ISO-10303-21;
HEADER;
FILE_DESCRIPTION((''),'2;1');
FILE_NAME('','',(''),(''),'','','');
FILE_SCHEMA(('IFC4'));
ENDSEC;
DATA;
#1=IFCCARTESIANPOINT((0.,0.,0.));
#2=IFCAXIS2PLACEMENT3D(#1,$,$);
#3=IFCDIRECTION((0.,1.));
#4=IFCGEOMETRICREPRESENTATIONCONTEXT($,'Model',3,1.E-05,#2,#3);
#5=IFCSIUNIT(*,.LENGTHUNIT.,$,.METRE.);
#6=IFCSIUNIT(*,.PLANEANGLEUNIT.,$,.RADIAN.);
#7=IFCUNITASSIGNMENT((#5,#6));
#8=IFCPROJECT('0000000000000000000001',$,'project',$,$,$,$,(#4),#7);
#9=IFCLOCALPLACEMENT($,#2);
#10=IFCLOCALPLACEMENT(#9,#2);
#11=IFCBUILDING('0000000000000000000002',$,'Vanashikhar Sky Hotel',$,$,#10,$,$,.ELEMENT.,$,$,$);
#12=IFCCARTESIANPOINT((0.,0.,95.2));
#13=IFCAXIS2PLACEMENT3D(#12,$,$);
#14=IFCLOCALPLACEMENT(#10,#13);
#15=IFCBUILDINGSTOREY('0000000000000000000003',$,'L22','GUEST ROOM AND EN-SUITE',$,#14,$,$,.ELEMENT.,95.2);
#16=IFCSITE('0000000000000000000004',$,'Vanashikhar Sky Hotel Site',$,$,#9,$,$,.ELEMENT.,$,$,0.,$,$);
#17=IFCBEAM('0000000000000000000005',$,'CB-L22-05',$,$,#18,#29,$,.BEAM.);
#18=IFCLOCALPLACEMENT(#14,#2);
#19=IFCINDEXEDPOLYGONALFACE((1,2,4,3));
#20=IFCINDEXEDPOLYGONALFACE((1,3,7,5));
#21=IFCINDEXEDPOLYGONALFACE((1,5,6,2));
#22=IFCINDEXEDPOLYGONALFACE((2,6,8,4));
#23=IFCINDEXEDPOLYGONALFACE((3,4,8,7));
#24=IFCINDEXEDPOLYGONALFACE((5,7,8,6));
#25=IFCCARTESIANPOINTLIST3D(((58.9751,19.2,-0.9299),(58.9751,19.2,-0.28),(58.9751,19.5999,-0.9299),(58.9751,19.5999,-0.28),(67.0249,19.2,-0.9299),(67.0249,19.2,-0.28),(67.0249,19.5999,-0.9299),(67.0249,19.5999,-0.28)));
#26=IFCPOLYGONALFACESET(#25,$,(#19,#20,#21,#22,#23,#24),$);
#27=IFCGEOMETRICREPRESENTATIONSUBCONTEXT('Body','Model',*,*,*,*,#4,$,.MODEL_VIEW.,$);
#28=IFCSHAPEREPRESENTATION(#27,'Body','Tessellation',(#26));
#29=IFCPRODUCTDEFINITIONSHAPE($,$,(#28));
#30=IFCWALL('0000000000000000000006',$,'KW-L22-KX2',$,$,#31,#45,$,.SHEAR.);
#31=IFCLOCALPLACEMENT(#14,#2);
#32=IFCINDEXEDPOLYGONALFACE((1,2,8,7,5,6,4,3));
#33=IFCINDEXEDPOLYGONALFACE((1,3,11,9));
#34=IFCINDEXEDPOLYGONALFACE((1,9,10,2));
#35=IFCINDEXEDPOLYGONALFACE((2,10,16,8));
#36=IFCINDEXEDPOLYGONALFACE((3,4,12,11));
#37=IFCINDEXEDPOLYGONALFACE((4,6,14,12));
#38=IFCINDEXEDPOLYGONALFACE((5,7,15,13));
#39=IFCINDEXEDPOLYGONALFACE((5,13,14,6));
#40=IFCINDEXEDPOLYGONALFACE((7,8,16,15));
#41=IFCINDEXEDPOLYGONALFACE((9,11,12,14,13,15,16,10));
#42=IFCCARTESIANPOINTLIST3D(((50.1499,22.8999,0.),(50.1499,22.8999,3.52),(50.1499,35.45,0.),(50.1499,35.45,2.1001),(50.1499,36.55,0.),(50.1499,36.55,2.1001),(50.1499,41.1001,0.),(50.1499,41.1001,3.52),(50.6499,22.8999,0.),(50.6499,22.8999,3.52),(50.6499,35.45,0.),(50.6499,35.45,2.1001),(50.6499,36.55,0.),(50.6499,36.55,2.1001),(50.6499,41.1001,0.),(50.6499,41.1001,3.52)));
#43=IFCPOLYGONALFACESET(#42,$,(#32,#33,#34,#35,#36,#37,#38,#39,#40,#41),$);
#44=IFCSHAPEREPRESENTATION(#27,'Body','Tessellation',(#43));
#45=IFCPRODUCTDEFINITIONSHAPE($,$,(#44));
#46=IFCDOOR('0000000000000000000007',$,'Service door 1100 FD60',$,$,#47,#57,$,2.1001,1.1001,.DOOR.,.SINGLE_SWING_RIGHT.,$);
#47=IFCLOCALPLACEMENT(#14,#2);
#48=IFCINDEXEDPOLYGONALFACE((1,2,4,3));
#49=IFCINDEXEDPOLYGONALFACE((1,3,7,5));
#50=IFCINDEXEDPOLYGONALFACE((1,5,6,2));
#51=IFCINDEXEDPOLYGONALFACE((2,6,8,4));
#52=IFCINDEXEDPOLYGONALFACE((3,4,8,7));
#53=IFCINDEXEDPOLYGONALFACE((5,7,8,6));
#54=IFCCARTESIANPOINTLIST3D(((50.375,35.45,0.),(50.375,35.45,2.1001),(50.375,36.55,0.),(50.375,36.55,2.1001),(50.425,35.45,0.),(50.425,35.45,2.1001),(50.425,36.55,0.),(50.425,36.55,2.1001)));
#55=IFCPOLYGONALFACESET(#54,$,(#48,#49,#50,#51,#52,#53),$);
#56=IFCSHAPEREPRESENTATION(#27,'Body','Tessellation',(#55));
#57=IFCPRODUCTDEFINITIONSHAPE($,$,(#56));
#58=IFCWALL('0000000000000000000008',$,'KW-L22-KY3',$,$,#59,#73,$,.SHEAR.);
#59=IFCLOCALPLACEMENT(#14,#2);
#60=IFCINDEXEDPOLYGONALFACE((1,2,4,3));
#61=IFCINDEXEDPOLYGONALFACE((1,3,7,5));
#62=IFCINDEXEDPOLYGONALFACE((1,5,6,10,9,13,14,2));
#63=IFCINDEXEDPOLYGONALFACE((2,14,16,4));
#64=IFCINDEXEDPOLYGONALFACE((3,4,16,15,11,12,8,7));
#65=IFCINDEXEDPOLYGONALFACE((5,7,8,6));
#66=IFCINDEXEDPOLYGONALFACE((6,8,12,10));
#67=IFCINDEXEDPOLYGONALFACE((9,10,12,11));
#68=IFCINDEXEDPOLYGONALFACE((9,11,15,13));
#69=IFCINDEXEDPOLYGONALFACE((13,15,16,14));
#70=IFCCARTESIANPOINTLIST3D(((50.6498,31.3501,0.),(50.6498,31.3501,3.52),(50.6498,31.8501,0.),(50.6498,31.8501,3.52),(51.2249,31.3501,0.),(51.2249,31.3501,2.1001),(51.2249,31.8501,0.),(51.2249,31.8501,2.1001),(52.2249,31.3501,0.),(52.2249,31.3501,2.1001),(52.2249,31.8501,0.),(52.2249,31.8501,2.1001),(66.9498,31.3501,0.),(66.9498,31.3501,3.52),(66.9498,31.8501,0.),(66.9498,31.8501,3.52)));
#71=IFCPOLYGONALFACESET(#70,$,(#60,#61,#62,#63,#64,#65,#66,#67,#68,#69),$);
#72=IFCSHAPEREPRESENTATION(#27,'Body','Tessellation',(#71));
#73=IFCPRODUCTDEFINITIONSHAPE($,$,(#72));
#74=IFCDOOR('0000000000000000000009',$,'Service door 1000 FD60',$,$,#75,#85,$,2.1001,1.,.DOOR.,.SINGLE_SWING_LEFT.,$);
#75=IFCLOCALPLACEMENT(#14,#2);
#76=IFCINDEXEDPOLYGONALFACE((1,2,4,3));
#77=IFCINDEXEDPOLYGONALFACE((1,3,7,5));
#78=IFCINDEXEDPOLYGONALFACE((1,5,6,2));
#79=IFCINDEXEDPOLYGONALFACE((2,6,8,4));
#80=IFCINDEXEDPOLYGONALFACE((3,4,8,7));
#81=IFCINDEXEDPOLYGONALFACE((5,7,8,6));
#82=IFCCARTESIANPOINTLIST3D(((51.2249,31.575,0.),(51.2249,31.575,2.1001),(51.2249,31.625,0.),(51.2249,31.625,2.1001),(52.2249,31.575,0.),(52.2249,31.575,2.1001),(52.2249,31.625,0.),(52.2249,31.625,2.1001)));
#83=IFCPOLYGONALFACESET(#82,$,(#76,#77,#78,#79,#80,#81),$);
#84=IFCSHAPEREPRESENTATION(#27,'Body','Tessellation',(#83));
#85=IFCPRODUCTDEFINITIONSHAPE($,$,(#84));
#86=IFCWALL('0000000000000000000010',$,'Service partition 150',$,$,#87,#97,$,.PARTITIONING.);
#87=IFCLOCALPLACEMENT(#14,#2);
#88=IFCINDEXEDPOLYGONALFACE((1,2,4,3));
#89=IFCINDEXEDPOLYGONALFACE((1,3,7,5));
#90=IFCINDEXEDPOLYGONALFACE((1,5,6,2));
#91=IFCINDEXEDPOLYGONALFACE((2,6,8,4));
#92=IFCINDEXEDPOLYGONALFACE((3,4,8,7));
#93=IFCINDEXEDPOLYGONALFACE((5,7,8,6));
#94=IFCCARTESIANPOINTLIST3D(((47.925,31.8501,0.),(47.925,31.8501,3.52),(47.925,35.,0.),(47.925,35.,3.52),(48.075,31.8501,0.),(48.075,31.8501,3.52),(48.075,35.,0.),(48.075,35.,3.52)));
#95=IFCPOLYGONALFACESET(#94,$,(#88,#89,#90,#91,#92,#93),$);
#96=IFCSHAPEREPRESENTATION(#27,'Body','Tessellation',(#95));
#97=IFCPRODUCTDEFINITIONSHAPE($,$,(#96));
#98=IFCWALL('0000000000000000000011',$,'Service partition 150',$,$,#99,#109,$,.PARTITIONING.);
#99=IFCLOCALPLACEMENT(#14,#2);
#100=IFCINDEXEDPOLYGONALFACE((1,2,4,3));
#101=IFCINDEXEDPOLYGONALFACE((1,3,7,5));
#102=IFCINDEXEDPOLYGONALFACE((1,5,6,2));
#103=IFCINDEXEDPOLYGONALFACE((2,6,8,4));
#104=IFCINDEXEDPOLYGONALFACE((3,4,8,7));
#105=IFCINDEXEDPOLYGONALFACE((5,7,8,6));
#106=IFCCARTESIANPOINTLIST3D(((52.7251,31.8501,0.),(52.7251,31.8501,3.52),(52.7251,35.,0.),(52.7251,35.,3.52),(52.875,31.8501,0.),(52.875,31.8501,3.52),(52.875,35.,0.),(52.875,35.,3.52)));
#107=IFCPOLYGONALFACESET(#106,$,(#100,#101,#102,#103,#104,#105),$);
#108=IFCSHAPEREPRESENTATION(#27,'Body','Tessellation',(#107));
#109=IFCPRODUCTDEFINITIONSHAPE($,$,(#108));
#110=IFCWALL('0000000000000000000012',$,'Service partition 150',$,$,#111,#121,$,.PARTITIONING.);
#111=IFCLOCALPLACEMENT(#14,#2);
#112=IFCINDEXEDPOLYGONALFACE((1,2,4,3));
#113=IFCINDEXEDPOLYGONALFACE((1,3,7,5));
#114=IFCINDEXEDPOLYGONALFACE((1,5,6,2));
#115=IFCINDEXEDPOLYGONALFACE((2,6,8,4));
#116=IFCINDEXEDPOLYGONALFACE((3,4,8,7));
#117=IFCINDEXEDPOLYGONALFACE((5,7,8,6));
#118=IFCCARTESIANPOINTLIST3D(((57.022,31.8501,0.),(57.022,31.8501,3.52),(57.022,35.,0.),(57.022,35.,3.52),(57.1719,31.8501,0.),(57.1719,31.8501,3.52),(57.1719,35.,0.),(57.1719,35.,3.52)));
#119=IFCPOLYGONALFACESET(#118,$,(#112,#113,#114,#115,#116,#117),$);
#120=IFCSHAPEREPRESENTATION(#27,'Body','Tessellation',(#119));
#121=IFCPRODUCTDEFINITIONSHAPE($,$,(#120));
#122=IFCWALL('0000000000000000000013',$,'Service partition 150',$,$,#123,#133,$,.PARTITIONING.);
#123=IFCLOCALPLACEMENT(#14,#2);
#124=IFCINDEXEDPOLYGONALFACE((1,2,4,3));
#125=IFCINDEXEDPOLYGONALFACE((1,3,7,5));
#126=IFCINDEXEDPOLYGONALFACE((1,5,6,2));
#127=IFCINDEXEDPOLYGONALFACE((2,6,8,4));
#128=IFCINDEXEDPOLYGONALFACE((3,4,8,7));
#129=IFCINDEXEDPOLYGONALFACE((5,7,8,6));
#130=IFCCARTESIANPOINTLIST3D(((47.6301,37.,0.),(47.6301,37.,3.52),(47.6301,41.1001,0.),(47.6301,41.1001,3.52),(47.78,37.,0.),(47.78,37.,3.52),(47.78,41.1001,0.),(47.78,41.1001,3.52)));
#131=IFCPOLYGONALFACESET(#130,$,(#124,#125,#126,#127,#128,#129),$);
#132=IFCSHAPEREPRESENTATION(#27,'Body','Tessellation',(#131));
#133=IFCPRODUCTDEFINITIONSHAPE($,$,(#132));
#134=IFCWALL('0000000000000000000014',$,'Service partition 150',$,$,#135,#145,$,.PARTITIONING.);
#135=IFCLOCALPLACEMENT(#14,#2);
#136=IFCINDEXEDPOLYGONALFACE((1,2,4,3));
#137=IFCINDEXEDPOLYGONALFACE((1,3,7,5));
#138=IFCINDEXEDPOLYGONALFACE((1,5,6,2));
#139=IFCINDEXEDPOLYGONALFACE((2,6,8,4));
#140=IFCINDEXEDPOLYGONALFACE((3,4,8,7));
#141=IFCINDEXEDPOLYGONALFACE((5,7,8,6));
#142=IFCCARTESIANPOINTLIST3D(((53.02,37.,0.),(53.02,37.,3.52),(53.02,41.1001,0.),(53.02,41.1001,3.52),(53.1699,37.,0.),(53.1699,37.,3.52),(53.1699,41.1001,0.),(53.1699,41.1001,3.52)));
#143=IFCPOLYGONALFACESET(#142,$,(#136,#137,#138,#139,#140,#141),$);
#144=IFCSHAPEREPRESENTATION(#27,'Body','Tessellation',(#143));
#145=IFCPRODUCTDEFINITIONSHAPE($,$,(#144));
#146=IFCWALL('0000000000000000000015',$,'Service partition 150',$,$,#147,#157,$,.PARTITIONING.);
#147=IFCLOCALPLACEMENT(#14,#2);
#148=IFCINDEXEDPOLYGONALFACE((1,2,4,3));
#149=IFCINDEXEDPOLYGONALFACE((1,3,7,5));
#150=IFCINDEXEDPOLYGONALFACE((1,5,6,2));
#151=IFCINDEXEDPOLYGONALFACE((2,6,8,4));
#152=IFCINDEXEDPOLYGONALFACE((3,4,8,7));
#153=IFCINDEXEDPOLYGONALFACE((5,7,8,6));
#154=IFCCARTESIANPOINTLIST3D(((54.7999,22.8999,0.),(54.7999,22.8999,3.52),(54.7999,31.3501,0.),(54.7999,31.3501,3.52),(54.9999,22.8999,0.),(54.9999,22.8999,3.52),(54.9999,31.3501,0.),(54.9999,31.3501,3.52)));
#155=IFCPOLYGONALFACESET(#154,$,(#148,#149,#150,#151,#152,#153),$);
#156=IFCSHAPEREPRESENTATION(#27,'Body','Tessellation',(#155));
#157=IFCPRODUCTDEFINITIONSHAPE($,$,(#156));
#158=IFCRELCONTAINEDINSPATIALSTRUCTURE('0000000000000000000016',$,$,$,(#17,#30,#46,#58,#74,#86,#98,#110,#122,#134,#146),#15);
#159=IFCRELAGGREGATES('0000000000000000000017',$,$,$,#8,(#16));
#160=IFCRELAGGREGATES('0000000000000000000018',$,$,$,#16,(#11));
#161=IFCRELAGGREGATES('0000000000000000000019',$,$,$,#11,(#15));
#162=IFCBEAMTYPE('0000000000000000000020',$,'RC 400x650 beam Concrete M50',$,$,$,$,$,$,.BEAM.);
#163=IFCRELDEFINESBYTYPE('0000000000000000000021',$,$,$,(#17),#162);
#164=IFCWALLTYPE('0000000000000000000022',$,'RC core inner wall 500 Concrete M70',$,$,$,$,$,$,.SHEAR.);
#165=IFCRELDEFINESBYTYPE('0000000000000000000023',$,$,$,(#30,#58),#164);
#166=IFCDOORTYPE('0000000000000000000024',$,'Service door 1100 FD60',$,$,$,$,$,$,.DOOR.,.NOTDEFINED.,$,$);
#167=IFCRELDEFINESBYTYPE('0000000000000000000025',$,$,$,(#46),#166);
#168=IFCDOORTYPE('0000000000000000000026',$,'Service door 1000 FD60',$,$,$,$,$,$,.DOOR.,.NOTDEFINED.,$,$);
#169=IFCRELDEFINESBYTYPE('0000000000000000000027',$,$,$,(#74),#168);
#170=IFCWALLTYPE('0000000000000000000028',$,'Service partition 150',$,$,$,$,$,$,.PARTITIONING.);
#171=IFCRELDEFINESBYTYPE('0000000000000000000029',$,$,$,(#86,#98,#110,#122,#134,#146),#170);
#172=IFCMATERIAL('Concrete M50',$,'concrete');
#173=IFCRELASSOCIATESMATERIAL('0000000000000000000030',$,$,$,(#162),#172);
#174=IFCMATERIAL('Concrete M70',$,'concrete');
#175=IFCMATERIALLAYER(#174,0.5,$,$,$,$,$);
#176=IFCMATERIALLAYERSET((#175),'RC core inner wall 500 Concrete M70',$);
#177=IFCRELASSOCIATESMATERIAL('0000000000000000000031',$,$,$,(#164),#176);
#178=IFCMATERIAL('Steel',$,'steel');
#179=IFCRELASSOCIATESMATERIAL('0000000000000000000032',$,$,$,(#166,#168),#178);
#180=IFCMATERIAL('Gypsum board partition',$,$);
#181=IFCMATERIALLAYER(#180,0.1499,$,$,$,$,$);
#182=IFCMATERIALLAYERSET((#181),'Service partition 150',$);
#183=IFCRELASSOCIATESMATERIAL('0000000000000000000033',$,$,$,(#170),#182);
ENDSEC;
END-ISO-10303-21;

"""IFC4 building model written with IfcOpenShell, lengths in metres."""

from ifc_helpers import new_model, si_unit, direction, frame, frame_2d, origin, origin_2d, place, context, subcontext, project, spatial, rectangle, extrude, source, transform, mapped, material, layer, layer_set, material_profile, profile_set, type_object, element, fill, save


model = new_model("IFC4")

# Units and contexts
model_context = context("Model", 3, precision=1e-05, world=origin(), true_north=direction((0.0, 1.0)))
body_context = subcontext(model_context, "Body", "Model", "MODEL_VIEW")
ifc_project = project(units=[si_unit("LENGTHUNIT", "METRE"), si_unit("PLANEANGLEUNIT", "RADIAN")], contexts=[model_context])

# Site, building, storey
site_placement = place(None, origin())
site = spatial("IfcSite", under=ifc_project, at=site_placement, Name="Vanashikhar Sky Hotel Site", CompositionType="ELEMENT", RefElevation=0.0)
building_placement = place(site_placement, origin())
building = spatial("IfcBuilding", under=site, at=building_placement, Name="Vanashikhar Sky Hotel", CompositionType="ELEMENT")
storey_placement = place(building_placement, frame((0.0, 0.0, 95.2)))
storey = spatial("IfcBuildingStorey", under=building, at=storey_placement, Name="L22", Description="GUEST ROOM AND EN-SUITE", CompositionType="ELEMENT", Elevation=95.2)

# Beam
ifc_material_1 = material(Name="Concrete M50", Category="concrete")
ifc_material_profile = material_profile(ifc_material_1, rectangle(XDim=0.3999, YDim=0.6499, at=origin_2d()))
ifc_profile_set = profile_set([ifc_material_profile], Name="RC 400x650 beam Concrete M50")
beam_type = type_object("IfcBeamType", Name="RC 400x650 beam Concrete M50", PredefinedType="BEAM", material=ifc_profile_set)
shared_shape_1 = source(origin(), body_context, "Body", "SweptSolid", [
    extrude(rectangle(XDim=0.3999, YDim=0.6499, at=origin_2d()), origin(), (0.0, 0.0, 1.0), 8.0498),
])
beam_placement = place(storey_placement, frame((58.9751, 19.3999, -0.605), z_axis=(1.0, 0.0, 0.0), x_axis=(0.0, 1.0, 0.0)))
element("IfcBeam", 1, at=beam_placement, inside=storey, type_object=beam_type, Name="CB-L22-05", PredefinedType="BEAM", context=body_context, shape_type="MappedRepresentation", body=[
    mapped(shared_shape_1, transform((0.0, 0.0, 0.0), scale=1.0)),
])

# Walls, openings, doors
ifc_material_2 = material(Name="Concrete M70", Category="concrete")
ifc_layer_1 = layer(ifc_material_2, 0.5)
ifc_layer_set_1 = layer_set([ifc_layer_1], Name="RC core inner wall 500 Concrete M70")
wall_type_1 = type_object("IfcWallType", Name="RC core inner wall 500 Concrete M70", PredefinedType="SHEAR", material=ifc_layer_set_1)
shared_shape_2 = source(origin(), body_context, "Body", "SweptSolid", [
    extrude(rectangle(XDim=18.2002, YDim=0.5, at=frame_2d((9.1001, 0.0))), origin(), (0.0, 0.0, 1.0), 3.52),
])
wall_1_placement = place(storey_placement, frame((50.3999, 22.8999, 0.0), z_axis=(0.0, 0.0, 1.0), x_axis=(0.0, 1.0, 0.0)))
wall_1 = element("IfcWall", 2, at=wall_1_placement, inside=storey, type_object=wall_type_1, Name="KW-L22-KX2", PredefinedType="SHEAR", context=body_context, shape_type="MappedRepresentation", body=[
    mapped(shared_shape_2, transform((0.0, 0.0, 0.0), scale=1.0)),
])
shared_shape_3 = source(origin(), body_context, "Body", "SweptSolid", [
    extrude(rectangle(XDim=1.1001, YDim=2.1001, at=frame_2d((0.55, 1.05))), frame((0.0, 0.26, 0.0), z_axis=(0.0, -1.0, 0.0), x_axis=(1.0, 0.0, 0.0)), (0.0, 0.0, 1.0), 0.52),
])
opening_1_placement = place(wall_1_placement, frame((12.55, 0.0, 0.0)))
opening_1 = element("IfcOpeningElement", 3, at=opening_1_placement, cuts=wall_1, PredefinedType="OPENING", context=body_context, shape_type="MappedRepresentation", body=[
    mapped(shared_shape_3, transform((0.0, 0.0, 0.0), scale=1.0)),
])
ifc_material_3 = material(Name="Steel", Category="steel")
door_type_1 = type_object("IfcDoorType", Name="Service door 1100 FD60", OperationType="NOTDEFINED", PredefinedType="DOOR", material=ifc_material_3)
shared_shape_4 = source(origin(), body_context, "Body", "SweptSolid", [
    extrude(rectangle(XDim=1.1001, YDim=2.1001, at=frame_2d((0.55, 1.05))), frame((0.0, 0.0249, 0.0), z_axis=(0.0, -1.0, 0.0), x_axis=(1.0, 0.0, 0.0)), (0.0, 0.0, 1.0), 0.05),
])
door_1_placement = place(opening_1_placement, origin())
door_1 = element("IfcDoor", 4, at=door_1_placement, inside=storey, type_object=door_type_1, Name="Service door 1100 FD60", OperationType="SINGLE_SWING_RIGHT", OverallHeight=2.1001, OverallWidth=1.1001, PredefinedType="DOOR", context=body_context, shape_type="MappedRepresentation", body=[
    mapped(shared_shape_4, transform((0.0, 0.0, 0.0), scale=1.0)),
])
fill(opening_1, door_1)
shared_shape_5 = source(origin(), body_context, "Body", "SweptSolid", [
    extrude(rectangle(XDim=16.3, YDim=0.5, at=frame_2d((8.1499, 0.0))), origin(), (0.0, 0.0, 1.0), 3.52),
])
wall_2_placement = place(storey_placement, frame((50.6499, 31.6001, 0.0), z_axis=(0.0, 0.0, 1.0), x_axis=(1.0, 0.0, 0.0)))
wall_2 = element("IfcWall", 5, at=wall_2_placement, inside=storey, type_object=wall_type_1, Name="KW-L22-KY3", PredefinedType="SHEAR", context=body_context, shape_type="MappedRepresentation", body=[
    mapped(shared_shape_5, transform((0.0, 0.0, 0.0), scale=1.0)),
])
shared_shape_6 = source(origin(), body_context, "Body", "SweptSolid", [
    extrude(rectangle(XDim=1.0, YDim=2.1001, at=frame_2d((0.5, 1.05))), frame((0.0, 0.26, 0.0), z_axis=(0.0, -1.0, 0.0), x_axis=(1.0, 0.0, 0.0)), (0.0, 0.0, 1.0), 0.52),
])
opening_2_placement = place(wall_2_placement, frame((0.575, 0.0, 0.0)))
opening_2 = element("IfcOpeningElement", 6, at=opening_2_placement, cuts=wall_2, PredefinedType="OPENING", context=body_context, shape_type="MappedRepresentation", body=[
    mapped(shared_shape_6, transform((0.0, 0.0, 0.0), scale=1.0)),
])
door_type_2 = type_object("IfcDoorType", Name="Service door 1000 FD60", OperationType="NOTDEFINED", PredefinedType="DOOR", material=ifc_material_3)
shared_shape_7 = source(origin(), body_context, "Body", "SweptSolid", [
    extrude(rectangle(XDim=1.0, YDim=2.1001, at=frame_2d((0.5, 1.05))), frame((0.0, 0.0249, 0.0), z_axis=(0.0, -1.0, 0.0), x_axis=(1.0, 0.0, 0.0)), (0.0, 0.0, 1.0), 0.05),
])
door_2_placement = place(opening_2_placement, origin())
door_2 = element("IfcDoor", 7, at=door_2_placement, inside=storey, type_object=door_type_2, Name="Service door 1000 FD60", OperationType="SINGLE_SWING_LEFT", OverallHeight=2.1001, OverallWidth=1.0, PredefinedType="DOOR", context=body_context, shape_type="MappedRepresentation", body=[
    mapped(shared_shape_7, transform((0.0, 0.0, 0.0), scale=1.0)),
])
fill(opening_2, door_2)

# Walls
ifc_material_4 = material(Name="Gypsum board partition")
ifc_layer_2 = layer(ifc_material_4, 0.1499)
ifc_layer_set_2 = layer_set([ifc_layer_2], Name="Service partition 150")
wall_type_2 = type_object("IfcWallType", Name="Service partition 150", PredefinedType="PARTITIONING", material=ifc_layer_set_2)
shared_shape_8 = source(origin(), body_context, "Body", "SweptSolid", [
    extrude(rectangle(XDim=3.1499, YDim=0.1499, at=frame_2d((1.575, 0.0))), origin(), (0.0, 0.0, 1.0), 3.52),
])
for number, where, z_axis, x_axis, name in (
    (8, (48.0, 31.8501, 0.0), (0.0, 0.0, 1.0), (0.0, 1.0, 0.0), "Service partition 150"),
    (9, (52.8, 31.8501, 0.0), (0.0, 0.0, 1.0), (0.0, 1.0, 0.0), "Service partition 150"),
    (10, (57.0969, 31.8501, 0.0), (0.0, 0.0, 1.0), (0.0, 1.0, 0.0), "Service partition 150"),
):
    element("IfcWall", number, at=place(storey_placement, frame(where, z_axis=z_axis, x_axis=x_axis)), inside=storey, type_object=wall_type_2, Name=name, PredefinedType="PARTITIONING", context=body_context, shape_type="MappedRepresentation", body=[
        mapped(shared_shape_8, transform((0.0, 0.0, 0.0), scale=1.0)),
    ])
shared_shape_9 = source(origin(), body_context, "Body", "SweptSolid", [
    extrude(rectangle(XDim=4.1001, YDim=0.1499, at=frame_2d((2.05, 0.0))), origin(), (0.0, 0.0, 1.0), 3.52),
])
for number, where, z_axis, x_axis, name in (
    (11, (47.7051, 37.0, 0.0), (0.0, 0.0, 1.0), (0.0, 1.0, 0.0), "Service partition 150"),
    (12, (53.095, 37.0, 0.0), (0.0, 0.0, 1.0), (0.0, 1.0, 0.0), "Service partition 150"),
):
    element("IfcWall", number, at=place(storey_placement, frame(where, z_axis=z_axis, x_axis=x_axis)), inside=storey, type_object=wall_type_2, Name=name, PredefinedType="PARTITIONING", context=body_context, shape_type="MappedRepresentation", body=[
        mapped(shared_shape_9, transform((0.0, 0.0, 0.0), scale=1.0)),
    ])
shared_shape_10 = source(origin(), body_context, "Body", "SweptSolid", [
    extrude(rectangle(XDim=8.4502, YDim=0.2, at=frame_2d((4.2251, 0.0))), origin(), (0.0, 0.0, 1.0), 3.52),
])
wall_3_placement = place(storey_placement, frame((54.8999, 22.8999, 0.0), z_axis=(0.0, 0.0, 1.0), x_axis=(0.0, 1.0, 0.0)))
element("IfcWall", 13, at=wall_3_placement, inside=storey, type_object=wall_type_2, Name="Service partition 150", PredefinedType="PARTITIONING", context=body_context, shape_type="MappedRepresentation", body=[
    mapped(shared_shape_10, transform((0.0, 0.0, 0.0), scale=1.0)),
])

save(model, "model.ifc")
